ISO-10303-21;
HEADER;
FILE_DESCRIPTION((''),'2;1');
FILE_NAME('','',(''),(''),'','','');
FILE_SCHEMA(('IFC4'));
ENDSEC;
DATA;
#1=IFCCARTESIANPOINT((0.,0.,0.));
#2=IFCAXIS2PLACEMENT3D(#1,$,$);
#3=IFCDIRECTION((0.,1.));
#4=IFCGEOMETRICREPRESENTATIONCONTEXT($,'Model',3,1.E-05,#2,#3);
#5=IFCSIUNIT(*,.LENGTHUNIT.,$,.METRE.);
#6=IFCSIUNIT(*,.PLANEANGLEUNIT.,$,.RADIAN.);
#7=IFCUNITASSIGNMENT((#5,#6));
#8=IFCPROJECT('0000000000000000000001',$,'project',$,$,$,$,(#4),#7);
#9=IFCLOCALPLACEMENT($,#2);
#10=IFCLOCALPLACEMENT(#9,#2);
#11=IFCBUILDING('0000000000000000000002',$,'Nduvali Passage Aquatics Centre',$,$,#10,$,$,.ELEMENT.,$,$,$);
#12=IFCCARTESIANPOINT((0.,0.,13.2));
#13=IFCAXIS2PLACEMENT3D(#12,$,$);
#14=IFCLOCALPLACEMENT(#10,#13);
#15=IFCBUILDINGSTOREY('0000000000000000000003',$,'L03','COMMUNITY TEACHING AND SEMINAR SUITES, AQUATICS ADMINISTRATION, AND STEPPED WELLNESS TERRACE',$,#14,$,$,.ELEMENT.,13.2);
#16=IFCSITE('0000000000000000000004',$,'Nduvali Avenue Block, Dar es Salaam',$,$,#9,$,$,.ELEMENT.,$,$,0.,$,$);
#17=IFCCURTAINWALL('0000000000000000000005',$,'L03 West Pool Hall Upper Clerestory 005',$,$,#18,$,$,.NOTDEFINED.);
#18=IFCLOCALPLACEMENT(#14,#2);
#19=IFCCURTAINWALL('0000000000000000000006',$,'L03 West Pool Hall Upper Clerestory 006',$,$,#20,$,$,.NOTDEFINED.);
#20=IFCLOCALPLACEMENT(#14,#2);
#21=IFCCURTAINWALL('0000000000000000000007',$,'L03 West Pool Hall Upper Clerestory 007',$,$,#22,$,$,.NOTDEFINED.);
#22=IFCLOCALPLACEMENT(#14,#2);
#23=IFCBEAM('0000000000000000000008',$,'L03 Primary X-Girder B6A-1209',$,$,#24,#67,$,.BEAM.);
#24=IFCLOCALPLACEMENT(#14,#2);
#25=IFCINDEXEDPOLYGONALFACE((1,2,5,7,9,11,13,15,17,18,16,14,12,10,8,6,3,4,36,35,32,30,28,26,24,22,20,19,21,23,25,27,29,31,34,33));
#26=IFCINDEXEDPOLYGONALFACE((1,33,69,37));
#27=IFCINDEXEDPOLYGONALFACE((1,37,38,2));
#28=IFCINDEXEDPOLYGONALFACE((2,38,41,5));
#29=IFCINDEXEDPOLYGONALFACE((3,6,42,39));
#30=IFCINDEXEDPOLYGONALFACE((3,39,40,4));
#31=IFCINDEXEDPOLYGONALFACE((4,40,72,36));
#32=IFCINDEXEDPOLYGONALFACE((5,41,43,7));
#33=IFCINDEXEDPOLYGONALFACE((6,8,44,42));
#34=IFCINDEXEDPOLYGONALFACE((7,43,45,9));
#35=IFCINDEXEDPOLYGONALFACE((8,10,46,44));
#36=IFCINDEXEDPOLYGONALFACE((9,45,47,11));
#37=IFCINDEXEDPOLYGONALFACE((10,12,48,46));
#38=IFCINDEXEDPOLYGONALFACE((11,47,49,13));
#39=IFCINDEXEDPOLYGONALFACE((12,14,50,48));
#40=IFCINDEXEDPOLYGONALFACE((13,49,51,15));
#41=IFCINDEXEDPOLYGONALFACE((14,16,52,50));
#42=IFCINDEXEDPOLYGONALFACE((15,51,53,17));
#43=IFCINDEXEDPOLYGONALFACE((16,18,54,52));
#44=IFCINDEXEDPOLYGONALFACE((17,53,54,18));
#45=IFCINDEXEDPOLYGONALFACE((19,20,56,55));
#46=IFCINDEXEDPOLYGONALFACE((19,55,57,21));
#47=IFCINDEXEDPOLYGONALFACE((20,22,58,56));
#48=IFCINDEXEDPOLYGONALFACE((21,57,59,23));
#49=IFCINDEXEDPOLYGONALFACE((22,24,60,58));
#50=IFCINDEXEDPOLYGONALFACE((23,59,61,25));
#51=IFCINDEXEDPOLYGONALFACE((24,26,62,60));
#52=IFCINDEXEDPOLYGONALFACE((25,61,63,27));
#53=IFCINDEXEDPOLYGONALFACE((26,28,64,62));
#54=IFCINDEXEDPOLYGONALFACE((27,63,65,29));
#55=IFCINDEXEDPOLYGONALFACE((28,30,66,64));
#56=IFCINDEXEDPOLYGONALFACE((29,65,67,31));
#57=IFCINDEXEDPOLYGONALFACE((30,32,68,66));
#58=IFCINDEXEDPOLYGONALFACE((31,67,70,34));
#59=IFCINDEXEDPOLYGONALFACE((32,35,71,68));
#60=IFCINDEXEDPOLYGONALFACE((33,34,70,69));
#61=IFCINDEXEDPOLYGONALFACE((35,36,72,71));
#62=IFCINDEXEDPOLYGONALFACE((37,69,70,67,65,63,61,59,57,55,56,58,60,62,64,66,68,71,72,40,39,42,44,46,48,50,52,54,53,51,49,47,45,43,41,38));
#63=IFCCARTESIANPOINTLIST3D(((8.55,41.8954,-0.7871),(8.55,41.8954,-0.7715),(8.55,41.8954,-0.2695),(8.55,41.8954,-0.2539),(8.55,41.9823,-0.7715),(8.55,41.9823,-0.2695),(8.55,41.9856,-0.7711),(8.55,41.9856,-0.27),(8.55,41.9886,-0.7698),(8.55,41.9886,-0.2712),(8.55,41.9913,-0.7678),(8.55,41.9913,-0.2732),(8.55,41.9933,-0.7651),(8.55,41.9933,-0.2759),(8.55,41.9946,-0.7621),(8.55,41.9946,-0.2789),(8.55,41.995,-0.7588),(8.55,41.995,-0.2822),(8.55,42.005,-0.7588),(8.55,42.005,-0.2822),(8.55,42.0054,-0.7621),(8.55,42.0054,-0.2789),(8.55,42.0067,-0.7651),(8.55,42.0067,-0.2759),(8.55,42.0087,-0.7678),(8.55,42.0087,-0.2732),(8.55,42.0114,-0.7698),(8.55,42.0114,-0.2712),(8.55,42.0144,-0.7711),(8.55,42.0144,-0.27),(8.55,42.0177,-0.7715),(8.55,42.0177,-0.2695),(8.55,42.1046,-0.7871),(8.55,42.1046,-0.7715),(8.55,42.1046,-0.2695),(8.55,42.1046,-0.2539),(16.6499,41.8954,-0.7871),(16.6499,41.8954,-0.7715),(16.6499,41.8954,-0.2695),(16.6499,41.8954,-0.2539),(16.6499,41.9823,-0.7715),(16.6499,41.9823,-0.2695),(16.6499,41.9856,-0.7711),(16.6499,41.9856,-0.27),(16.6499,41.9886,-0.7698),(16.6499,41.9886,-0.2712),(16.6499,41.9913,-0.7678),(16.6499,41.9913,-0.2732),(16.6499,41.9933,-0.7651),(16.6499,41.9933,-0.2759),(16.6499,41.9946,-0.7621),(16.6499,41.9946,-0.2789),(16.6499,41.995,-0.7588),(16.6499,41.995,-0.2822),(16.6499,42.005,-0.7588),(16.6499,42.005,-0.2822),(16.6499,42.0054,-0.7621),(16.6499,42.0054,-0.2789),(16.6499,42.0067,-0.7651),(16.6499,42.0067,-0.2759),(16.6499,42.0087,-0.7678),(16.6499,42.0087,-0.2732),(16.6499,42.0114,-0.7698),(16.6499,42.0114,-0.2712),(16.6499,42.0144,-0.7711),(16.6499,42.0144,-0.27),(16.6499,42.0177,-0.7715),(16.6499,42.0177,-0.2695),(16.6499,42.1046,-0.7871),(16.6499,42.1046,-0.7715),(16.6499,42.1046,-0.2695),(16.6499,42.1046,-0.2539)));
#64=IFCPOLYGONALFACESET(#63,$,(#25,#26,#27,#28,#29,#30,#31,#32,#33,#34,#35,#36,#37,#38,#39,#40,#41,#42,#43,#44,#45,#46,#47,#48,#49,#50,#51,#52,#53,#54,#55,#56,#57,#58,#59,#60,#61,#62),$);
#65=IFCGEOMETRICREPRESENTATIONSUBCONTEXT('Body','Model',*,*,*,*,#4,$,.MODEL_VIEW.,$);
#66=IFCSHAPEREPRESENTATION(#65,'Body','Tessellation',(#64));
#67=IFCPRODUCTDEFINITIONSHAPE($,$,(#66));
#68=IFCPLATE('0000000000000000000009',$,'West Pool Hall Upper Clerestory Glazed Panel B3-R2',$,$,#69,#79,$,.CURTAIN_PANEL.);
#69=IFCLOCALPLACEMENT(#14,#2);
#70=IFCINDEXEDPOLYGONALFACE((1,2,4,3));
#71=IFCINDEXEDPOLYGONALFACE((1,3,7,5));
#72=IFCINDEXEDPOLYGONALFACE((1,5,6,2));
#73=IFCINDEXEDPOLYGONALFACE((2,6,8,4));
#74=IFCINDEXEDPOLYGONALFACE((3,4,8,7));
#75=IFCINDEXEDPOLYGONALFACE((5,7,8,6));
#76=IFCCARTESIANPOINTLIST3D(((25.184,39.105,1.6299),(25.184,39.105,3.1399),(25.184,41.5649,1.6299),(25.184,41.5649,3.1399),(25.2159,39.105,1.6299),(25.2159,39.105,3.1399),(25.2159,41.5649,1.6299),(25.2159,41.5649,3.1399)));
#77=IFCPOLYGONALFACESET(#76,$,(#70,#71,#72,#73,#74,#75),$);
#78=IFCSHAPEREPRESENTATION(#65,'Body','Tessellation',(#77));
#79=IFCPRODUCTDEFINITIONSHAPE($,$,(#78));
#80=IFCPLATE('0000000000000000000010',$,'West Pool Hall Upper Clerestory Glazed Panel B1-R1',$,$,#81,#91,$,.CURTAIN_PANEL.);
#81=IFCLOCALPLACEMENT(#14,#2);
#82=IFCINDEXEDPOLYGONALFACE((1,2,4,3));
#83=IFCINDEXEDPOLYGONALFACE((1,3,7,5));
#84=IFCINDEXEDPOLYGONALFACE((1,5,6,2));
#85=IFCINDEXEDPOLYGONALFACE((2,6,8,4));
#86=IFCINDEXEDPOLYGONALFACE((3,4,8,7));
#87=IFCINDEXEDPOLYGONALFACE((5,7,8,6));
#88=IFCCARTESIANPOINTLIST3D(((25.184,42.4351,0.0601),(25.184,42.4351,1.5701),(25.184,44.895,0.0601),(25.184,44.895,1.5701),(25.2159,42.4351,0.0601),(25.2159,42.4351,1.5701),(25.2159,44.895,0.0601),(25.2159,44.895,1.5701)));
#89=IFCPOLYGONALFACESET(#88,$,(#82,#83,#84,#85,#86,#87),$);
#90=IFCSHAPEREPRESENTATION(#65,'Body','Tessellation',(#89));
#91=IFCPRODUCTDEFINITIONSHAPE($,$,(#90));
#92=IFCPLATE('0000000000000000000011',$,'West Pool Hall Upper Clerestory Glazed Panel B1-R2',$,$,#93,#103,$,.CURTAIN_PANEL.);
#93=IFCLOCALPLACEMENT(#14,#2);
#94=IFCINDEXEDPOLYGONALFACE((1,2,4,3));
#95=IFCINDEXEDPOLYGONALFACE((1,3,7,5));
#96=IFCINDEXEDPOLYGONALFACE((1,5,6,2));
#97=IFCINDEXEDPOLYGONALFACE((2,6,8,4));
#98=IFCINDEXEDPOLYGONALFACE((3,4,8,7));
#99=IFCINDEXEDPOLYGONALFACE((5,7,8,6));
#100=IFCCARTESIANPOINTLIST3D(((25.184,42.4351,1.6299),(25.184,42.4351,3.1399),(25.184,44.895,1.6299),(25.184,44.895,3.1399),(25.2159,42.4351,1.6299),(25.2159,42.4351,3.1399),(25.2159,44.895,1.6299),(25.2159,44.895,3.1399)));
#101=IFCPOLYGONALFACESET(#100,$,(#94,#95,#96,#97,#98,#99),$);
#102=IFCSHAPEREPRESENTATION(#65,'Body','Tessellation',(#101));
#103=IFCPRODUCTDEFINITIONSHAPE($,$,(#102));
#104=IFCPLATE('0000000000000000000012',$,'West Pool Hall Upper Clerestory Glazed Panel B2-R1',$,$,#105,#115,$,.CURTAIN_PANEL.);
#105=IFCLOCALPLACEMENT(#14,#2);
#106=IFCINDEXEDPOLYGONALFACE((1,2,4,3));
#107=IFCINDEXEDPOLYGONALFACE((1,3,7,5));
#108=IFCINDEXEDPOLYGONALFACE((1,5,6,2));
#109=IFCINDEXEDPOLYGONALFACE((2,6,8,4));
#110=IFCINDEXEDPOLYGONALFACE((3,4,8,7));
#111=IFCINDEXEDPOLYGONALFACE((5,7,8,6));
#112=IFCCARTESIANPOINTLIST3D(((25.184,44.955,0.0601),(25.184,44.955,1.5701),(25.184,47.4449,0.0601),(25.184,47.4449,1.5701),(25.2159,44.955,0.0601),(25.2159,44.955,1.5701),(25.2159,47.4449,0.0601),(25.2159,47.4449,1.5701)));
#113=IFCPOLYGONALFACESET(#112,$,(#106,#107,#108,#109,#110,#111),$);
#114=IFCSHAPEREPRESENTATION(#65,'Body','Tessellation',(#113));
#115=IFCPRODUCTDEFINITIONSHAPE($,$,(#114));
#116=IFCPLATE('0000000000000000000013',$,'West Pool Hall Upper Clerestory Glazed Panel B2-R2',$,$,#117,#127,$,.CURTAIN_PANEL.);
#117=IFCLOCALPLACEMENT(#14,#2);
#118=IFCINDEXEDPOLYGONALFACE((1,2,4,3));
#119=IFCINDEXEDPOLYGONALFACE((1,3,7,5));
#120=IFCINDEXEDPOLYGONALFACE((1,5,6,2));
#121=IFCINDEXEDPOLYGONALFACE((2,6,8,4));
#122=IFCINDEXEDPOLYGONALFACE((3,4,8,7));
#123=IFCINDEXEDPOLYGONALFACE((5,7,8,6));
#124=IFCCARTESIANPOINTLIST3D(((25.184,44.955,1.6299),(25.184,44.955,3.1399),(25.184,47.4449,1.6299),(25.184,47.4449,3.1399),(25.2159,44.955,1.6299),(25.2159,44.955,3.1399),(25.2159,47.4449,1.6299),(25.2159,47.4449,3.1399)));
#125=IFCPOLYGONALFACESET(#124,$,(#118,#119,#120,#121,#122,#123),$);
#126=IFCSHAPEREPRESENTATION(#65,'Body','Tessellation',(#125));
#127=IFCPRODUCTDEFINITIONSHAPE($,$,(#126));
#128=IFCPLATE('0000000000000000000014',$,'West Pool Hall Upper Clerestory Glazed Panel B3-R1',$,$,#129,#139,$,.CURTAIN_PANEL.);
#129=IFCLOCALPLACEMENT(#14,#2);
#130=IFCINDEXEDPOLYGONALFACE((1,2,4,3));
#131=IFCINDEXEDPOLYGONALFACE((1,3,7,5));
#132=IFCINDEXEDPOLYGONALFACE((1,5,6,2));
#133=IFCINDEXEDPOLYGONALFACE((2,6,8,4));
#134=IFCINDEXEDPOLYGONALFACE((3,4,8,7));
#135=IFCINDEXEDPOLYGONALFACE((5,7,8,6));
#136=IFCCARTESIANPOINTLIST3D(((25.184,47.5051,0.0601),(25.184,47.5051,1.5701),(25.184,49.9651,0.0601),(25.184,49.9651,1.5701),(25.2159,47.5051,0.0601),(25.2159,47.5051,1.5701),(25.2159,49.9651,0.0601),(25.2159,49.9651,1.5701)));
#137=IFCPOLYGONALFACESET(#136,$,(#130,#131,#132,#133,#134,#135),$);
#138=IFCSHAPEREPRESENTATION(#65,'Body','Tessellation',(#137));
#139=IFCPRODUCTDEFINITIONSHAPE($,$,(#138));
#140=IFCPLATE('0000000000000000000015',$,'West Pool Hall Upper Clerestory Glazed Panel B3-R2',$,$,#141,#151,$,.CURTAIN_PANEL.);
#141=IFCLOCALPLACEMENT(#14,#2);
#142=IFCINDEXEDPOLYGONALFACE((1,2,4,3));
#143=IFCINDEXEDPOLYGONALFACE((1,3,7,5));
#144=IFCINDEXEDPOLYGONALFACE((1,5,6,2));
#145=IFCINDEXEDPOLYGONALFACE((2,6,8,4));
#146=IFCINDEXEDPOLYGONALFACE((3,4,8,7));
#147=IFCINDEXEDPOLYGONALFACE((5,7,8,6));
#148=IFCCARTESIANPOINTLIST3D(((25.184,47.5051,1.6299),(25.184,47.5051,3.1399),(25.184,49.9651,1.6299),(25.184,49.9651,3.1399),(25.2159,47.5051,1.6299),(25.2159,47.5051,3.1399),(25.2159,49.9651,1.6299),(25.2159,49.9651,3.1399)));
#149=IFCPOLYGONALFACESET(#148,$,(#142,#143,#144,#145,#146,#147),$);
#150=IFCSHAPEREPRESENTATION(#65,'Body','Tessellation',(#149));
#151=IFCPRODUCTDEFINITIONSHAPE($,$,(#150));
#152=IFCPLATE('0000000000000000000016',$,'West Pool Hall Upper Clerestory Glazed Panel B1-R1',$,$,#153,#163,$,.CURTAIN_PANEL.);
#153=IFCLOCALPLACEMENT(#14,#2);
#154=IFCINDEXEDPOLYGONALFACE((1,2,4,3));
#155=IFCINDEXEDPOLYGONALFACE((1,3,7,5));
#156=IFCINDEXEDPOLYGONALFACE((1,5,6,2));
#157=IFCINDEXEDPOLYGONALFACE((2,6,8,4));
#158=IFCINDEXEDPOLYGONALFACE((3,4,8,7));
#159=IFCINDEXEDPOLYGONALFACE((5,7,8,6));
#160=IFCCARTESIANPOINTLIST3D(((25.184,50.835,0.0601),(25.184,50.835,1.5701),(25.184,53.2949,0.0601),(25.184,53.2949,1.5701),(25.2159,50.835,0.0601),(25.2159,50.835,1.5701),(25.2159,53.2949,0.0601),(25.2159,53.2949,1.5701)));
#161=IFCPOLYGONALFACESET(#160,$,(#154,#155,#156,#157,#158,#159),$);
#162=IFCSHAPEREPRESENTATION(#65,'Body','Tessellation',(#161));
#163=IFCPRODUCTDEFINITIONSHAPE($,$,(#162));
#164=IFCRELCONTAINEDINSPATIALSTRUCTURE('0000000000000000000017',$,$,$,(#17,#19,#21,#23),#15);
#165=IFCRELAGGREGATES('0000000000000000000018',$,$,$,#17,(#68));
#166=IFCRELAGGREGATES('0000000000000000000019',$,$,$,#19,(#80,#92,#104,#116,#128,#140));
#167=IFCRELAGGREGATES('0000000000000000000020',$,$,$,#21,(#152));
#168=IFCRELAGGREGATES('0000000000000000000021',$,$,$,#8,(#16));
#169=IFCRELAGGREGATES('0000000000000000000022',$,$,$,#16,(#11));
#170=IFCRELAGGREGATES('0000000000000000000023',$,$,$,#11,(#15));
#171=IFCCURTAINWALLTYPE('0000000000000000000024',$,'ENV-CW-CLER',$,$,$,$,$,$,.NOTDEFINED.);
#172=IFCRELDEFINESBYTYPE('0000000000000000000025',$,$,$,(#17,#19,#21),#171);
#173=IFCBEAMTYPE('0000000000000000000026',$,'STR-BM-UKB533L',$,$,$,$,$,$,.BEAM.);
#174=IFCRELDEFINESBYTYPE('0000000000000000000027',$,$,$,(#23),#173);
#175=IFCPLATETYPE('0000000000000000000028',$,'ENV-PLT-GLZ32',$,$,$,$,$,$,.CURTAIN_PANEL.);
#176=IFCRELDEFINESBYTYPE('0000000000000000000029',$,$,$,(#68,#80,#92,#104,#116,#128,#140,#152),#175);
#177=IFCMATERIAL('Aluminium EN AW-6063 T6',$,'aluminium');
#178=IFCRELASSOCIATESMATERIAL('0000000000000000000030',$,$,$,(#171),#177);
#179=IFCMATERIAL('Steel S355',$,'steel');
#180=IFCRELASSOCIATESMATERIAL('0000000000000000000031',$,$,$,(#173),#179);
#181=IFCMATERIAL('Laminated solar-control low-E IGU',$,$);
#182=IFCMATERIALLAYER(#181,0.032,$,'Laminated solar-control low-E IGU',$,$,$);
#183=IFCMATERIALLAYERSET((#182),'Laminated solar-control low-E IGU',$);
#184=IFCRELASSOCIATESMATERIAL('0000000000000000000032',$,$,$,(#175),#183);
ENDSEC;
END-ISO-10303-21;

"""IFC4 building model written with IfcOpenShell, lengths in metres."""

from ifc_helpers import new_model, si_unit, direction, frame, origin, origin_2d, place, context, subcontext, project, spatial, rectangle, i_section, extrude, material, layer, layer_set, material_profile, profile_set, type_object, element, aggregate, save


model = new_model("IFC4")

# Units and contexts
model_context = context("Model", 3, precision=1e-05, world=origin(), true_north=direction((0.0, 1.0)))
body_context = subcontext(model_context, "Body", "Model", "MODEL_VIEW")
ifc_project = project(units=[si_unit("LENGTHUNIT", "METRE"), si_unit("PLANEANGLEUNIT", "RADIAN")], contexts=[model_context])

# Site, building, storey
site_placement = place(None, origin())
site = spatial("IfcSite", under=ifc_project, at=site_placement, Name="Nduvali Avenue Block, Dar es Salaam", CompositionType="ELEMENT", RefElevation=0.0)
building_placement = place(site_placement, origin())
building = spatial("IfcBuilding", under=site, at=building_placement, Name="Nduvali Passage Aquatics Centre", CompositionType="ELEMENT")
storey_placement = place(building_placement, frame((0.0, 0.0, 13.2)))
storey = spatial("IfcBuildingStorey", under=building, at=storey_placement, Name="L03", Description="COMMUNITY TEACHING AND SEMINAR SUITES, AQUATICS ADMINISTRATION, AND STEPPED WELLNESS TERRACE", CompositionType="ELEMENT", Elevation=13.2)

# Shared definitions
ifc_material_1 = material(Name="Steel S355", Category="steel")

# Curtain wall
ifc_material_2 = material(Name="Aluminium EN AW-6063 T6", Category="aluminium")
curtain_wall_type = type_object("IfcCurtainWallType", Name="ENV-CW-CLER", PredefinedType="NOTDEFINED", material=ifc_material_2)
curtain_wall_1_placement = place(storey_placement, origin())
curtain_wall_1 = element("IfcCurtainWall", 1, at=curtain_wall_1_placement, inside=storey, type_object=curtain_wall_type, Name="L03 West Pool Hall Upper Clerestory 005", PredefinedType="NOTDEFINED")

# Curtain wall
curtain_wall_2_placement = place(storey_placement, origin())
curtain_wall_2 = element("IfcCurtainWall", 2, at=curtain_wall_2_placement, inside=storey, type_object=curtain_wall_type, Name="L03 West Pool Hall Upper Clerestory 006", PredefinedType="NOTDEFINED")

# Curtain wall
curtain_wall_3_placement = place(storey_placement, origin())
curtain_wall_3 = element("IfcCurtainWall", 3, at=curtain_wall_3_placement, inside=storey, type_object=curtain_wall_type, Name="L03 West Pool Hall Upper Clerestory 007", PredefinedType="NOTDEFINED")

# Beam
ifc_material_profile_1 = material_profile(ifc_material_1, i_section(OverallWidth=0.2092, OverallDepth=0.5332, WebThickness=0.01, FlangeThickness=0.0156, FilletRadius=0.0127, at=origin_2d()), Name="UKB 533x210x92")
ifc_profile_set_1 = profile_set([ifc_material_profile_1], Name="Steel S355")
beam_type_1 = type_object("IfcBeamType", Name="STR-BM-UKB533L", PredefinedType="BEAM", material=ifc_profile_set_1)
beam_1_placement = place(storey_placement, frame((8.55, 42.0, -0.5205), z_axis=(1.0, 0.0, 0.0), x_axis=(0.0, 1.0, 0.0)))
element("IfcBeam", 4, at=beam_1_placement, inside=storey, type_object=beam_type_1, Name="L03 Primary X-Girder B6A-1209", PredefinedType="BEAM", context=body_context, shape_type="SweptSolid", body=[
    extrude(i_section(OverallWidth=0.2092, OverallDepth=0.5332, WebThickness=0.01, FlangeThickness=0.0156, FilletRadius=0.0127, at=origin_2d()), origin(), (0.0, 0.0, 1.0), 8.0999),
])

# Plates
ifc_material_3 = material(Name="Laminated solar-control low-E IGU")
ifc_layer = layer(ifc_material_3, 0.032, Name="Laminated solar-control low-E IGU")
ifc_layer_set = layer_set([ifc_layer], Name="Laminated solar-control low-E IGU")
plate_type = type_object("IfcPlateType", Name="ENV-PLT-GLZ32", PredefinedType="CURTAIN_PANEL", material=ifc_layer_set)
plate_1_placement = place(storey_placement, frame((25.2, 40.335, 1.6299), z_axis=(0.0, 0.0, 1.0), x_axis=(0.0, 1.0, 0.0)))
plate_1 = element("IfcPlate", 5, at=plate_1_placement, type_object=plate_type, Name="West Pool Hall Upper Clerestory Glazed Panel B3-R2", PredefinedType="CURTAIN_PANEL", context=body_context, shape_type="SweptSolid", body=[
    extrude(rectangle(XDim=2.46, YDim=0.032, at=origin_2d()), origin(), (0.0, 0.0, 1.0), 1.51),
])
aggregate(curtain_wall_1, [plate_1])
plate_2_placement = place(storey_placement, frame((25.2, 43.665, 0.0601), z_axis=(0.0, 0.0, 1.0), x_axis=(0.0, 1.0, 0.0)))
plate_2 = element("IfcPlate", 6, at=plate_2_placement, type_object=plate_type, Name="West Pool Hall Upper Clerestory Glazed Panel B1-R1", PredefinedType="CURTAIN_PANEL", context=body_context, shape_type="SweptSolid", body=[
    extrude(rectangle(XDim=2.46, YDim=0.032, at=origin_2d()), origin(), (0.0, 0.0, 1.0), 1.51),
])
plate_3_placement = place(storey_placement, frame((25.2, 43.665, 1.6299), z_axis=(0.0, 0.0, 1.0), x_axis=(0.0, 1.0, 0.0)))
plate_3 = element("IfcPlate", 7, at=plate_3_placement, type_object=plate_type, Name="West Pool Hall Upper Clerestory Glazed Panel B1-R2", PredefinedType="CURTAIN_PANEL", context=body_context, shape_type="SweptSolid", body=[
    extrude(rectangle(XDim=2.46, YDim=0.032, at=origin_2d()), origin(), (0.0, 0.0, 1.0), 1.51),
])
plate_4_placement = place(storey_placement, frame((25.2, 46.2, 0.0601), z_axis=(0.0, 0.0, 1.0), x_axis=(0.0, 1.0, 0.0)))
plate_4 = element("IfcPlate", 8, at=plate_4_placement, type_object=plate_type, Name="West Pool Hall Upper Clerestory Glazed Panel B2-R1", PredefinedType="CURTAIN_PANEL", context=body_context, shape_type="SweptSolid", body=[
    extrude(rectangle(XDim=2.49, YDim=0.032, at=origin_2d()), origin(), (0.0, 0.0, 1.0), 1.51),
])
plate_5_placement = place(storey_placement, frame((25.2, 46.2, 1.6299), z_axis=(0.0, 0.0, 1.0), x_axis=(0.0, 1.0, 0.0)))
plate_5 = element("IfcPlate", 9, at=plate_5_placement, type_object=plate_type, Name="West Pool Hall Upper Clerestory Glazed Panel B2-R2", PredefinedType="CURTAIN_PANEL", context=body_context, shape_type="SweptSolid", body=[
    extrude(rectangle(XDim=2.49, YDim=0.032, at=origin_2d()), origin(), (0.0, 0.0, 1.0), 1.51),
])
plate_6_placement = place(storey_placement, frame((25.2, 48.7351, 0.0601), z_axis=(0.0, 0.0, 1.0), x_axis=(0.0, 1.0, 0.0)))
plate_6 = element("IfcPlate", 10, at=plate_6_placement, type_object=plate_type, Name="West Pool Hall Upper Clerestory Glazed Panel B3-R1", PredefinedType="CURTAIN_PANEL", context=body_context, shape_type="SweptSolid", body=[
    extrude(rectangle(XDim=2.46, YDim=0.032, at=origin_2d()), origin(), (0.0, 0.0, 1.0), 1.51),
])
plate_7_placement = place(storey_placement, frame((25.2, 48.7351, 1.6299), z_axis=(0.0, 0.0, 1.0), x_axis=(0.0, 1.0, 0.0)))
plate_7 = element("IfcPlate", 11, at=plate_7_placement, type_object=plate_type, Name="West Pool Hall Upper Clerestory Glazed Panel B3-R2", PredefinedType="CURTAIN_PANEL", context=body_context, shape_type="SweptSolid", body=[
    extrude(rectangle(XDim=2.46, YDim=0.032, at=origin_2d()), origin(), (0.0, 0.0, 1.0), 1.51),
])
aggregate(curtain_wall_2, [plate_2, plate_3, plate_4, plate_5, plate_6, plate_7])
plate_8_placement = place(storey_placement, frame((25.2, 52.0649, 0.0601), z_axis=(0.0, 0.0, 1.0), x_axis=(0.0, 1.0, 0.0)))
plate_8 = element("IfcPlate", 12, at=plate_8_placement, type_object=plate_type, Name="West Pool Hall Upper Clerestory Glazed Panel B1-R1", PredefinedType="CURTAIN_PANEL", context=body_context, shape_type="SweptSolid", body=[
    extrude(rectangle(XDim=2.46, YDim=0.032, at=origin_2d()), origin(), (0.0, 0.0, 1.0), 1.51),
])
aggregate(curtain_wall_3, [plate_8])

save(model, "model.ifc")
